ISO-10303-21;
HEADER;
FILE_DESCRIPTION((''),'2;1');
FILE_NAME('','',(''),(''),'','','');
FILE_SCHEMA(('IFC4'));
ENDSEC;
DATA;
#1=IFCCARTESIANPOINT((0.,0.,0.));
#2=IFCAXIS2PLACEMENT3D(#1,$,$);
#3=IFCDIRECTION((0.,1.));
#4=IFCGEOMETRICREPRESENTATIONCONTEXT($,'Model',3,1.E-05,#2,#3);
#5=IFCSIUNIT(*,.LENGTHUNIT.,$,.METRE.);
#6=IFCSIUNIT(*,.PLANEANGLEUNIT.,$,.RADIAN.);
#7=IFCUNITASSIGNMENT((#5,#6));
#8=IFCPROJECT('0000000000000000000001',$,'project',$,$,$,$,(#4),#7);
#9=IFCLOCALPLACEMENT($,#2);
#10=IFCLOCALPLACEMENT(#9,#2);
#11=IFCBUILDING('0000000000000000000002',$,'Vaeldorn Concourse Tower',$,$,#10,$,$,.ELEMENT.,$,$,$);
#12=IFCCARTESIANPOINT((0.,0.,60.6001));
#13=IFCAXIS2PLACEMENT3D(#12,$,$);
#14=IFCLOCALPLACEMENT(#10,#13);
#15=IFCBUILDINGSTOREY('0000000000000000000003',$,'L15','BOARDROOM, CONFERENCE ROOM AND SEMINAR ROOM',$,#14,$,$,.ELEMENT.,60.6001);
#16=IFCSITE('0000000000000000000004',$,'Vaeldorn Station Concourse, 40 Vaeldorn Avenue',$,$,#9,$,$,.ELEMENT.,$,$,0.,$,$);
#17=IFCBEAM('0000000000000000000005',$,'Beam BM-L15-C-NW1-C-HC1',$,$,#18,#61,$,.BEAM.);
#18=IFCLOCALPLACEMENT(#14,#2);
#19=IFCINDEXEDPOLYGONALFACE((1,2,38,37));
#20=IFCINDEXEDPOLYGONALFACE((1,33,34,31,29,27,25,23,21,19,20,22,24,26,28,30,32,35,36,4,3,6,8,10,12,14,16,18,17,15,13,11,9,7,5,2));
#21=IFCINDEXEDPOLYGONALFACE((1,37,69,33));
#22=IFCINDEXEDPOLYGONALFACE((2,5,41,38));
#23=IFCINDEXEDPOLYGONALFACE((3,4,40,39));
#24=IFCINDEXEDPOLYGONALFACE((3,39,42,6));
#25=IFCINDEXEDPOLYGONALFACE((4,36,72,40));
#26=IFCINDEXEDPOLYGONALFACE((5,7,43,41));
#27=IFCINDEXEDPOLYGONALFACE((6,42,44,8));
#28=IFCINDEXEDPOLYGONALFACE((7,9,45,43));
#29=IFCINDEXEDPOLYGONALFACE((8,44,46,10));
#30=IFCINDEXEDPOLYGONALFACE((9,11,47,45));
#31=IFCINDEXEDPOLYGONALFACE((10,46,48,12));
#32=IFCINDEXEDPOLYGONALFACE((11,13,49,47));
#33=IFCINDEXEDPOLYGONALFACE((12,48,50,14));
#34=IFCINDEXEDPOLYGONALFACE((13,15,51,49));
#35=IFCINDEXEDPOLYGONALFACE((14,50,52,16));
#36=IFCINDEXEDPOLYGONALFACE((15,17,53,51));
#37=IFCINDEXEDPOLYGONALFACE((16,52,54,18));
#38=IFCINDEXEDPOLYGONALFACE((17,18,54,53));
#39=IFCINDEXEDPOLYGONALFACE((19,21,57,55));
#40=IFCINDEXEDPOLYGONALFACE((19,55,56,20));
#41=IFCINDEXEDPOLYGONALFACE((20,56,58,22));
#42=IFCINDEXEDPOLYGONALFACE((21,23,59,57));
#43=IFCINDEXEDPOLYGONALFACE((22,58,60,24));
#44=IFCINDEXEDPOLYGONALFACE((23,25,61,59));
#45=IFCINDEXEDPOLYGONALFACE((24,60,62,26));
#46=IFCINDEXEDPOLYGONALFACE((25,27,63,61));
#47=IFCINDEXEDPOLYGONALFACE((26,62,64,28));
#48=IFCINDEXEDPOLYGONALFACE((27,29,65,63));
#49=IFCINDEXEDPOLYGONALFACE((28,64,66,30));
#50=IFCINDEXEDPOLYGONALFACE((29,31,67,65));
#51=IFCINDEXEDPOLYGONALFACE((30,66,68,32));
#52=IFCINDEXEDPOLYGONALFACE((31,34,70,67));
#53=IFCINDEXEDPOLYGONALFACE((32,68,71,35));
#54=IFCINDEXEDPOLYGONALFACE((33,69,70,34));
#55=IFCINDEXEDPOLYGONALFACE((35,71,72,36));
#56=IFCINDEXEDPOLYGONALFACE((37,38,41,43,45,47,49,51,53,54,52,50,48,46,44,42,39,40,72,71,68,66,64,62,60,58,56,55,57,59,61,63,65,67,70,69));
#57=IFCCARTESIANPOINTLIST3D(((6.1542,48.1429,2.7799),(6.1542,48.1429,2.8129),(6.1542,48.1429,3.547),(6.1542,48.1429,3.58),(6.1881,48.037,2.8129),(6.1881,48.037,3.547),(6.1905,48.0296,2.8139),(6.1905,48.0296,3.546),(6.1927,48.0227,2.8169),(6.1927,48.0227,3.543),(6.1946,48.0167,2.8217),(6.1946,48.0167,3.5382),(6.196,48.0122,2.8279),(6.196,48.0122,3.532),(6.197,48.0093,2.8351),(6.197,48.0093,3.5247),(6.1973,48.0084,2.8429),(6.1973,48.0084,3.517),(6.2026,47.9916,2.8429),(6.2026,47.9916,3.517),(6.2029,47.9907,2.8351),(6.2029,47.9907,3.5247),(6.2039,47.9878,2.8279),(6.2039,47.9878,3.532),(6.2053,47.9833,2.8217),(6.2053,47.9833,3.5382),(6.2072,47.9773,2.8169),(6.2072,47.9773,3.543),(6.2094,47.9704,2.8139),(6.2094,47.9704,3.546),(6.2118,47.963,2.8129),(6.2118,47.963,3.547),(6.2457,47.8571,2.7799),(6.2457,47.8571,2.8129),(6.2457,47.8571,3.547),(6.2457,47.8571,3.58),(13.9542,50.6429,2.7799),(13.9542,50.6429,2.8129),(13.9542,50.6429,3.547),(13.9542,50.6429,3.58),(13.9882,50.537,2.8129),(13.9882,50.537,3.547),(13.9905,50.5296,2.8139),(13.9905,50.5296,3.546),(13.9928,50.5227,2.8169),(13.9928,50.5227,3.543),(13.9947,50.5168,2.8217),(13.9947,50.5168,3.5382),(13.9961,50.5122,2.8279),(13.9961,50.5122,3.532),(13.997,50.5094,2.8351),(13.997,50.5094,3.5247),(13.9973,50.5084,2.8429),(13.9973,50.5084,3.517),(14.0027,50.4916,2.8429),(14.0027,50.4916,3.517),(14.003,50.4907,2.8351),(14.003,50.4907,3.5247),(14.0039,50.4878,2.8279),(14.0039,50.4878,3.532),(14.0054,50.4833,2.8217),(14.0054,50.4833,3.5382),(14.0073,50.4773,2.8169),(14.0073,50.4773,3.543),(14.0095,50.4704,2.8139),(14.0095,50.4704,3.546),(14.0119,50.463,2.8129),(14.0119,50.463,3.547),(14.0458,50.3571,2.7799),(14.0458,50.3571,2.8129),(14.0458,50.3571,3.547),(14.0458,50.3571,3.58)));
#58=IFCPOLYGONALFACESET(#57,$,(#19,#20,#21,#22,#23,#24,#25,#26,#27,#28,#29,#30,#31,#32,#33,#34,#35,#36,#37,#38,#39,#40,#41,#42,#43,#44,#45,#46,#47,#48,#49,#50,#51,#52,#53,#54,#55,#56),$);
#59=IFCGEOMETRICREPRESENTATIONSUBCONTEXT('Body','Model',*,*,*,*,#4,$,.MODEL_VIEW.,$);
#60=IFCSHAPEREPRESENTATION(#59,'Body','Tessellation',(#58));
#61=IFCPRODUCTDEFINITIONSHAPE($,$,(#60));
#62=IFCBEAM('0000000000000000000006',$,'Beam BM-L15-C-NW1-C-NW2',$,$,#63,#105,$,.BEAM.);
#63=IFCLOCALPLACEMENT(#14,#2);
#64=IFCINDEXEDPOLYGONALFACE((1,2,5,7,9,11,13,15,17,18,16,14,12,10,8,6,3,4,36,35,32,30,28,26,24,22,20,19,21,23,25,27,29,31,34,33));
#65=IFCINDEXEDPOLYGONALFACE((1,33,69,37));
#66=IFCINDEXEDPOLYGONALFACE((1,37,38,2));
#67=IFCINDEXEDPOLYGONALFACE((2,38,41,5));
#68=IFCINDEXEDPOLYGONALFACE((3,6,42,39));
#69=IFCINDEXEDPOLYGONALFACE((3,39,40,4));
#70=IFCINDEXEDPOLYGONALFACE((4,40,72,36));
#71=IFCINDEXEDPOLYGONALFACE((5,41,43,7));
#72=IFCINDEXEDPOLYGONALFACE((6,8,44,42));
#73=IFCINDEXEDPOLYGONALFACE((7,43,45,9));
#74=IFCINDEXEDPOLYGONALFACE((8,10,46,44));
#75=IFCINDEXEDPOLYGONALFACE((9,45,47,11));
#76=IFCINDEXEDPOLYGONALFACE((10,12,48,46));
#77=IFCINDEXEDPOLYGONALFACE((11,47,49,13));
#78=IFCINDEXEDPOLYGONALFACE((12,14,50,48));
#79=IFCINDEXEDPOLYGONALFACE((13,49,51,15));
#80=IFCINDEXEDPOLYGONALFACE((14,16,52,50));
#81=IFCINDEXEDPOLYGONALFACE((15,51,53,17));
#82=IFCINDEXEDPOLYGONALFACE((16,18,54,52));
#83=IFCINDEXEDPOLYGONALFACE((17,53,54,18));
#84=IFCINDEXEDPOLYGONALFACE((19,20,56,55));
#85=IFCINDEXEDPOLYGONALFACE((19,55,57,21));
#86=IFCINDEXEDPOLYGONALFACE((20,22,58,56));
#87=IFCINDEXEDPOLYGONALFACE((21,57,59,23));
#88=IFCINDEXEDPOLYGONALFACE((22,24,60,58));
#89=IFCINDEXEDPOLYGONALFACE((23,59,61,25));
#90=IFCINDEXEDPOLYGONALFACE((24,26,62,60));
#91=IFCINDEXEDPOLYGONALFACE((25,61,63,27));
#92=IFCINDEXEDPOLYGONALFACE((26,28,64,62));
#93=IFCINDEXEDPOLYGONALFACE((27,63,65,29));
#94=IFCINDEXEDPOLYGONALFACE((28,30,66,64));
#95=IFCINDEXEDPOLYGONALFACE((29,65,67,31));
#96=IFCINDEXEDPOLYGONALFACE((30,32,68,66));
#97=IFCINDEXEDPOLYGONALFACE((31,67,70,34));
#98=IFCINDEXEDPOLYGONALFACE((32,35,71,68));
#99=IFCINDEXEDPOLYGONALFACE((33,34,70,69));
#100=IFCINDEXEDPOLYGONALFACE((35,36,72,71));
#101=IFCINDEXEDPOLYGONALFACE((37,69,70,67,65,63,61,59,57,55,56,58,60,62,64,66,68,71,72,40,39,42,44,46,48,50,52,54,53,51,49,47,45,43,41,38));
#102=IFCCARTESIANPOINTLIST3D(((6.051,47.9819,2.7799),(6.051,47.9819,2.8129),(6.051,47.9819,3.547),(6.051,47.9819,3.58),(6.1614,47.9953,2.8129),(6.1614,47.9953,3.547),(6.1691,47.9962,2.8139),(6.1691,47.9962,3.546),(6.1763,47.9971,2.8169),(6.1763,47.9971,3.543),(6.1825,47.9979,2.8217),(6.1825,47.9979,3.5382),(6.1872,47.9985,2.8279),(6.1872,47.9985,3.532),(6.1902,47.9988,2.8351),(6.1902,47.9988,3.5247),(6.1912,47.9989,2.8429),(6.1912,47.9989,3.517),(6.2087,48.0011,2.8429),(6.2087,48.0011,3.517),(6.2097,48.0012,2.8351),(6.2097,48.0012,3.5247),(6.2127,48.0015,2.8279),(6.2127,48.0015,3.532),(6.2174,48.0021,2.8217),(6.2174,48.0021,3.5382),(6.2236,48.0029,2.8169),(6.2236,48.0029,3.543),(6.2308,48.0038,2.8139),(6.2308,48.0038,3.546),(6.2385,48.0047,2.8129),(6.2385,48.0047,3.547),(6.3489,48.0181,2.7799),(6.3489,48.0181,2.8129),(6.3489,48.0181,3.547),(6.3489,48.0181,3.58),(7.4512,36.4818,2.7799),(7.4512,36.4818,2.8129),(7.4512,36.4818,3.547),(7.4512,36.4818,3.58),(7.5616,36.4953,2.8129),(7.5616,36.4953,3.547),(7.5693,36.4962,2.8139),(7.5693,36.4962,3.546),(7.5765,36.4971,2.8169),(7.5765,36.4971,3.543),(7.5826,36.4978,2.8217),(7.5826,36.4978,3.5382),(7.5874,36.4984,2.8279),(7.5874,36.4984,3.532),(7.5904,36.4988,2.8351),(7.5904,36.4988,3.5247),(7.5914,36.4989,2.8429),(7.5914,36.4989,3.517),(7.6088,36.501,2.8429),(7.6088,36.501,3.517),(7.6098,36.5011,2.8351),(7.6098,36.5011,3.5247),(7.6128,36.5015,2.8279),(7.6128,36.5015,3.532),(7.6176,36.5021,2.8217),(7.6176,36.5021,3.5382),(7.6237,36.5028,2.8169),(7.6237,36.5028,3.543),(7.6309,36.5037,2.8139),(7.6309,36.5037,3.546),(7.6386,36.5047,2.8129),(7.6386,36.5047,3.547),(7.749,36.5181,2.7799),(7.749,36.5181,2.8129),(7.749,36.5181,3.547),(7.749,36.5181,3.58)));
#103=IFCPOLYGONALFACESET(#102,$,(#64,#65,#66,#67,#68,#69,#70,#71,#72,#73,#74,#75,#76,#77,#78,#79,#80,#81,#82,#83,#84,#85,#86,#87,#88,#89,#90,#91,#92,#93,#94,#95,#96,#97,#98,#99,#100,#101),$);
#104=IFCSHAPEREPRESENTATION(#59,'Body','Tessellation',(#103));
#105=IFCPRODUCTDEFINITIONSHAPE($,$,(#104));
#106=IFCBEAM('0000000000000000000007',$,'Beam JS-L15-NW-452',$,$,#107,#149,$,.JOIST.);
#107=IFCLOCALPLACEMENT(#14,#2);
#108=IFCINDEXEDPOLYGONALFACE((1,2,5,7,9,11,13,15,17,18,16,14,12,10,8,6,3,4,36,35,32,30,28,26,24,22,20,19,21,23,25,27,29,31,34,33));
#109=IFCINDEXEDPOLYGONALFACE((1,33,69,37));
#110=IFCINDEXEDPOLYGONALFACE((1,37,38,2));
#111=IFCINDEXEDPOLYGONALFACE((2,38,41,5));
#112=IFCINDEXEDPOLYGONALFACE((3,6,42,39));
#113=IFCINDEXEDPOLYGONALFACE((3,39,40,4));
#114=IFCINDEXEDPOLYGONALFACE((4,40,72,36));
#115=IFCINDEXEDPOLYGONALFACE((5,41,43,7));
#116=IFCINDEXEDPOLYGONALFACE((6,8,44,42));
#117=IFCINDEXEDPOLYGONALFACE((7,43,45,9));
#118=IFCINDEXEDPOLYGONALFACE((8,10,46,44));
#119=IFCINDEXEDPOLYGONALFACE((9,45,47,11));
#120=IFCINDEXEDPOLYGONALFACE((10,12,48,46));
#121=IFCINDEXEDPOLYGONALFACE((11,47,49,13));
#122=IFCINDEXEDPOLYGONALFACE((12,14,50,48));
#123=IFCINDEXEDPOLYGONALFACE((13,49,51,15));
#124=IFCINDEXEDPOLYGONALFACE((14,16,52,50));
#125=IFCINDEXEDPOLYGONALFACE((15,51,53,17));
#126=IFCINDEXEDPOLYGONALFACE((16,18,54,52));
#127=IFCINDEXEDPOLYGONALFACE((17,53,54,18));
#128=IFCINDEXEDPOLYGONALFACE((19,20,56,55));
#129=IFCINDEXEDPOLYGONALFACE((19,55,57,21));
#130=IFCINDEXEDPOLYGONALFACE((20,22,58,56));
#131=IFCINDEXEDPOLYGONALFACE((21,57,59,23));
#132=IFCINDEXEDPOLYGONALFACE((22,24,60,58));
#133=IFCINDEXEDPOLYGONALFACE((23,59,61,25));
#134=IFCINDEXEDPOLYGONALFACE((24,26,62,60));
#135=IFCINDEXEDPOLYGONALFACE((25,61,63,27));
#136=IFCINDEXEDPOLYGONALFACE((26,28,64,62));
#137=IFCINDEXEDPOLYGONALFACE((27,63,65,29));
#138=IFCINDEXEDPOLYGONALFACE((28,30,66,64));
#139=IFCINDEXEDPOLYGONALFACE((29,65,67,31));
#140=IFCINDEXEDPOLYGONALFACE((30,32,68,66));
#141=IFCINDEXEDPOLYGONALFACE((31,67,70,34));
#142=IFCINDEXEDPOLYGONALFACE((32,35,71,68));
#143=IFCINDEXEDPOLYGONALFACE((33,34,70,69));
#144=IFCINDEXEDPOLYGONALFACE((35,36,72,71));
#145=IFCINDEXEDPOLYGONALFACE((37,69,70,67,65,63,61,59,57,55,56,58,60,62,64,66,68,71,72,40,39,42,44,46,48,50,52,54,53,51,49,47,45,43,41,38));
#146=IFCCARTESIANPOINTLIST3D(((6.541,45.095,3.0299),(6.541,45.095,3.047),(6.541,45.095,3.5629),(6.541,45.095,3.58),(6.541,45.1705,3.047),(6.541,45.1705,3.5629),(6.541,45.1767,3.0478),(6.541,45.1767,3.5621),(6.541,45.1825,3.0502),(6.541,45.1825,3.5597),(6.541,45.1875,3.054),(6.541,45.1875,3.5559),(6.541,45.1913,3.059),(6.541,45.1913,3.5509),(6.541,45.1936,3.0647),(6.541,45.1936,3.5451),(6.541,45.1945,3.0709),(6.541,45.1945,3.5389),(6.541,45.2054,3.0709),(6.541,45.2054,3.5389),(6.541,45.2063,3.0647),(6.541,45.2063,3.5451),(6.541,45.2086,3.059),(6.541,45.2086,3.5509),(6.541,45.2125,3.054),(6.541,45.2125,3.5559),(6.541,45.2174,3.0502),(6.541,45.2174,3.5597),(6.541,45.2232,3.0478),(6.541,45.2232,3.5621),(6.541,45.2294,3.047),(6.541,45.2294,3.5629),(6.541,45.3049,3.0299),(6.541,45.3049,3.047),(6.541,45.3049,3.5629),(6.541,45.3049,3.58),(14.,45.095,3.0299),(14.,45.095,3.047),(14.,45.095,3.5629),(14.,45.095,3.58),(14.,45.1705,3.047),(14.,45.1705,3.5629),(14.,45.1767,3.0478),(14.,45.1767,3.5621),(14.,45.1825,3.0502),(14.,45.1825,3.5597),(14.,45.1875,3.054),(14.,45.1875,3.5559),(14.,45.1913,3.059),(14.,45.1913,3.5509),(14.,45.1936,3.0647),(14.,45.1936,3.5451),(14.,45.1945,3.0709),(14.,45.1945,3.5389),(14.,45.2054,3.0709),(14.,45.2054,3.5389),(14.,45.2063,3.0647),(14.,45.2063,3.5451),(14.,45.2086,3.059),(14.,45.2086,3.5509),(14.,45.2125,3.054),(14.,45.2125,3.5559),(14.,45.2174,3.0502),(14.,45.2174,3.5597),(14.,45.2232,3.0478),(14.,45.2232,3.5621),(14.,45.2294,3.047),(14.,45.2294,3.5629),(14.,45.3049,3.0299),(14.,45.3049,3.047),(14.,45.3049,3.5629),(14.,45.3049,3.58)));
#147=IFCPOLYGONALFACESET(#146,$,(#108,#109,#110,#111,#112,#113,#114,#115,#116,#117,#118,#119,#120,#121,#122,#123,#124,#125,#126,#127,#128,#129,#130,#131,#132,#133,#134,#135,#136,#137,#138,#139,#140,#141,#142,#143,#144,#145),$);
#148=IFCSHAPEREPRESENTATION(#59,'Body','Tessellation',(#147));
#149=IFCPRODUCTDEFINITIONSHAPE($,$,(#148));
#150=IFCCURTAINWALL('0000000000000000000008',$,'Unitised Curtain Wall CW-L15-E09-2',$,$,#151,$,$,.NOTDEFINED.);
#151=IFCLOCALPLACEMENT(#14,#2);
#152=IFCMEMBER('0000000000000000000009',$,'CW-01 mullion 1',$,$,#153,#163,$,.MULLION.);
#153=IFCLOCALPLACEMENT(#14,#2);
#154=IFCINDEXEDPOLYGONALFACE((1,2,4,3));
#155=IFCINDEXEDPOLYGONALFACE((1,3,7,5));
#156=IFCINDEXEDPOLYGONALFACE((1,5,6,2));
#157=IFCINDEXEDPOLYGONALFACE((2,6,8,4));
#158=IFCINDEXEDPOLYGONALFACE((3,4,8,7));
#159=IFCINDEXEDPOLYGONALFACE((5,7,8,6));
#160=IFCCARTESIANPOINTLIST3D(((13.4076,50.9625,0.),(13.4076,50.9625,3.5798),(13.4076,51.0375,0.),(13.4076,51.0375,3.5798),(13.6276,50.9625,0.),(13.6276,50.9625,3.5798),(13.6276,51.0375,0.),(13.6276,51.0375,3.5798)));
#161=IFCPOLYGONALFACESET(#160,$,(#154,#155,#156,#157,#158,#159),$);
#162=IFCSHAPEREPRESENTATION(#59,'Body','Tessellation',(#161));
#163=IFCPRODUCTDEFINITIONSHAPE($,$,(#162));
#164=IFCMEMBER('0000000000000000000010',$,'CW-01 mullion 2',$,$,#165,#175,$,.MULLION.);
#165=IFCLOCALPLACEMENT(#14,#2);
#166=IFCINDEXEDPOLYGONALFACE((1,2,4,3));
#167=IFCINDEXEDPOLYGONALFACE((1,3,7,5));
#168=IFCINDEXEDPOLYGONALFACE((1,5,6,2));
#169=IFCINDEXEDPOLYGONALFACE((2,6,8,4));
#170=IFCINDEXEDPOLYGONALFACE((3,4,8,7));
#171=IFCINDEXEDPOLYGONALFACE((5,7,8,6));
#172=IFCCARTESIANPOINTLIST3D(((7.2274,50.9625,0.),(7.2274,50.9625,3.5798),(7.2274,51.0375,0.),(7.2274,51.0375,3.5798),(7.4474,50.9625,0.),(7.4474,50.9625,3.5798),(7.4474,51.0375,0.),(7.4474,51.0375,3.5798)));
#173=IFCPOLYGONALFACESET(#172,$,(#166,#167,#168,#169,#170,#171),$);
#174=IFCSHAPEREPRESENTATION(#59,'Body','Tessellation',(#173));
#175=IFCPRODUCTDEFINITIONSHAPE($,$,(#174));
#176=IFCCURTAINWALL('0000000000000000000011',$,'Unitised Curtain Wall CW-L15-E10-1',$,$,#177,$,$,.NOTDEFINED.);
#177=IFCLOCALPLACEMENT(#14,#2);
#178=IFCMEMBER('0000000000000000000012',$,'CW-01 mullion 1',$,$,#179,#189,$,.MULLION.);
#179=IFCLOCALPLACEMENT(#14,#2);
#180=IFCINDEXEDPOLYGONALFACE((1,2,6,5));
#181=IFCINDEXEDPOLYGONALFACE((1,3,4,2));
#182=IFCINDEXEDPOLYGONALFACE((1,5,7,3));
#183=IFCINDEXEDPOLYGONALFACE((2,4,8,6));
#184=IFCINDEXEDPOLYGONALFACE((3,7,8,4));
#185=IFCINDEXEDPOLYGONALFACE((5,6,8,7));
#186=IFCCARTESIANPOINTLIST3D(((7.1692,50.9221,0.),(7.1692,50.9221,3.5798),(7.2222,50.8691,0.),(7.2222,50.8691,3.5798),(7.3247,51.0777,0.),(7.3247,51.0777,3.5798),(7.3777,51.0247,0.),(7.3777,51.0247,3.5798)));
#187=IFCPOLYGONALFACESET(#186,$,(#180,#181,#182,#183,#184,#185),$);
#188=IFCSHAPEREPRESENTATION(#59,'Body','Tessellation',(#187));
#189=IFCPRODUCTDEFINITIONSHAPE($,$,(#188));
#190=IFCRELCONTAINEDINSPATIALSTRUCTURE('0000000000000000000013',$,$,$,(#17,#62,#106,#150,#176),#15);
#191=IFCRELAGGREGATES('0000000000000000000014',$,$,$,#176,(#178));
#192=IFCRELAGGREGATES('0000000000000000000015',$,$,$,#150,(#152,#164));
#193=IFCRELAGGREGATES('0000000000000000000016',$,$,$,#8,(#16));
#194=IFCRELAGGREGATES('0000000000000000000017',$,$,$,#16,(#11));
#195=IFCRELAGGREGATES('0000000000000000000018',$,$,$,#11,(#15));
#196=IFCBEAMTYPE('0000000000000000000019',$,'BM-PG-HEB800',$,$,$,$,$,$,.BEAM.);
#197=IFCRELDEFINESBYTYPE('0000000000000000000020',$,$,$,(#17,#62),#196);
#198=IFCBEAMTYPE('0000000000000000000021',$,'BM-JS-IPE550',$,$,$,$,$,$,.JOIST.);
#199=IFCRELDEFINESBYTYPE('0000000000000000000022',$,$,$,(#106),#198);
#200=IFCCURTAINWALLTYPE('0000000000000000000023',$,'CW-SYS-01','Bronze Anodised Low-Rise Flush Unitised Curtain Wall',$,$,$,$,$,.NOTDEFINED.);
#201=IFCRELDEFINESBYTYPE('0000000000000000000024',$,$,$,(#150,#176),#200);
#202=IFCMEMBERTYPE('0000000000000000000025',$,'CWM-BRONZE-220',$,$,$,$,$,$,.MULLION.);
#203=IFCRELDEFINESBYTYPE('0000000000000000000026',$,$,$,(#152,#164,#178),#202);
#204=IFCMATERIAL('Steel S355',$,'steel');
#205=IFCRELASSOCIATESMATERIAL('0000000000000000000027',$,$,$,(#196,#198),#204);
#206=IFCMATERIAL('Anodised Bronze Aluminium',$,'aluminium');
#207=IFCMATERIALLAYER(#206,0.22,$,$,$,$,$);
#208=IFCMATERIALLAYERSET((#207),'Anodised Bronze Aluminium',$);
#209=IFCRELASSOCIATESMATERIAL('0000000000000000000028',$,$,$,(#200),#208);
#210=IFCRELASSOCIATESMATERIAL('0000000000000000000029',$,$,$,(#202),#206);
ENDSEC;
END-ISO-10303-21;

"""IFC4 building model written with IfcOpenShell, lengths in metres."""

from ifc_helpers import new_model, si_unit, direction, frame, origin, origin_2d, place, context, subcontext, project, spatial, rectangle, i_section, extrude, source, transform, mapped, material, layer, layer_set, material_profile, profile_set, type_object, element, aggregate, save


model = new_model("IFC4")

# Units and contexts
model_context = context("Model", 3, precision=1e-05, world=origin(), true_north=direction((0.0, 1.0)))
body_context = subcontext(model_context, "Body", "Model", "MODEL_VIEW")
ifc_project = project(units=[si_unit("LENGTHUNIT", "METRE"), si_unit("PLANEANGLEUNIT", "RADIAN")], contexts=[model_context])

# Site, building, storey
site_placement = place(None, origin())
site = spatial("IfcSite", under=ifc_project, at=site_placement, Name="Vaeldorn Station Concourse, 40 Vaeldorn Avenue", CompositionType="ELEMENT", RefElevation=0.0)
building_placement = place(site_placement, origin())
building = spatial("IfcBuilding", under=site, at=building_placement, Name="Vaeldorn Concourse Tower", CompositionType="ELEMENT")
storey_placement = place(building_placement, frame((0.0, 0.0, 60.6001)))
storey = spatial("IfcBuildingStorey", under=building, at=storey_placement, Name="L15", Description="BOARDROOM, CONFERENCE ROOM AND SEMINAR ROOM", CompositionType="ELEMENT", Elevation=60.6001)

# Beams
ifc_material_1 = material(Name="Steel S355", Category="steel")
ifc_material_profile_1 = material_profile(ifc_material_1, i_section(OverallWidth=0.3, OverallDepth=0.8, WebThickness=0.0176, FlangeThickness=0.033, FilletRadius=0.03, at=origin_2d()), Name="HEB 800")
ifc_profile_set_1 = profile_set([ifc_material_profile_1], Name="Steel S355")
beam_type_1 = type_object("IfcBeamType", Name="BM-PG-HEB800", PredefinedType="BEAM", material=ifc_profile_set_1)
shared_shape_1 = source(origin(), body_context, "Body", "SweptSolid", [
    extrude(i_section(OverallWidth=0.3, OverallDepth=0.8, WebThickness=0.0176, FlangeThickness=0.033, FilletRadius=0.03, at=origin_2d()), origin(), (0.0, 0.0, 1.0), 8.1909),
])
beam_1_placement = place(storey_placement, frame((6.2, 48.0, 3.1799), z_axis=(0.952283, 0.305217, 0.0), x_axis=(-0.305217, 0.952283, 0.0)))
element("IfcBeam", 1, at=beam_1_placement, inside=storey, type_object=beam_type_1, Name="Beam BM-L15-C-NW1-C-HC1", PredefinedType="BEAM", context=body_context, shape_type="MappedRepresentation", body=[
    mapped(shared_shape_1, transform((0.0, 0.0, 0.0), scale=1.0)),
])
shared_shape_2 = source(origin(), body_context, "Body", "SweptSolid", [
    extrude(i_section(OverallWidth=0.3, OverallDepth=0.8, WebThickness=0.0176, FlangeThickness=0.033, FilletRadius=0.03, at=origin_2d()), origin(), (0.0, 0.0, 1.0), 11.585),
])
beam_2_placement = place(storey_placement, frame((6.2, 48.0, 3.1799), z_axis=(0.120859, -0.99267, 0.0), x_axis=(0.99267, 0.120859, 0.0)))
element("IfcBeam", 2, at=beam_2_placement, inside=storey, type_object=beam_type_1, Name="Beam BM-L15-C-NW1-C-NW2", PredefinedType="BEAM", context=body_context, shape_type="MappedRepresentation", body=[
    mapped(shared_shape_2, transform((0.0, 0.0, 0.0), scale=1.0)),
])
ifc_material_profile_2 = material_profile(ifc_material_1, i_section(OverallWidth=0.21, OverallDepth=0.55, WebThickness=0.011, FlangeThickness=0.0171, FilletRadius=0.0239, at=origin_2d()), Name="IPE 550")
ifc_profile_set_2 = profile_set([ifc_material_profile_2], Name="Steel S355")
beam_type_2 = type_object("IfcBeamType", Name="BM-JS-IPE550", PredefinedType="JOIST", material=ifc_profile_set_2)
shared_shape_3 = source(origin(), body_context, "Body", "SweptSolid", [
    extrude(i_section(OverallWidth=0.21, OverallDepth=0.55, WebThickness=0.011, FlangeThickness=0.0171, FilletRadius=0.0239, at=origin_2d()), origin(), (0.0, 0.0, 1.0), 7.459),
])
beam_3_placement = place(storey_placement, frame((6.541, 45.2, 3.3049), z_axis=(1.0, 0.0, 0.0), x_axis=(0.0, 1.0, 0.0)))
element("IfcBeam", 3, at=beam_3_placement, inside=storey, type_object=beam_type_2, Name="Beam JS-L15-NW-452", PredefinedType="JOIST", context=body_context, shape_type="MappedRepresentation", body=[
    mapped(shared_shape_3, transform((0.0, 0.0, 0.0), scale=1.0)),
])

# Curtain walls, members
ifc_material_2 = material(Name="Anodised Bronze Aluminium", Category="aluminium")
ifc_layer_1 = layer(ifc_material_2, 0.22)
ifc_layer_set_1 = layer_set([ifc_layer_1], Name="Anodised Bronze Aluminium")
curtain_wall_type = type_object("IfcCurtainWallType", Name="CW-SYS-01", Description="Bronze Anodised Low-Rise Flush Unitised Curtain Wall", PredefinedType="NOTDEFINED", material=ifc_layer_set_1)
curtain_wall_1_placement = place(storey_placement, origin())
curtain_wall_1 = element("IfcCurtainWall", 4, at=curtain_wall_1_placement, inside=storey, type_object=curtain_wall_type, Name="Unitised Curtain Wall CW-L15-E09-2", PredefinedType="NOTDEFINED")
ifc_material_profile_3 = material_profile(ifc_material_2, rectangle(XDim=0.075, YDim=0.22, at=origin_2d()), Name="CWM 75x220")
ifc_profile_set_3 = profile_set([ifc_material_profile_3], Name="Anodised Bronze Aluminium")
member_type_1 = type_object("IfcMemberType", Name="CWM-BRONZE-220", PredefinedType="MULLION", material=ifc_profile_set_3)
shared_shape_4 = source(origin(), body_context, "Body", "SweptSolid", [
    extrude(rectangle(XDim=0.075, YDim=0.22, at=origin_2d()), origin(), (0.0, 0.0, 1.0), 3.5798),
])
member_1_placement = place(storey_placement, frame((13.5176, 51.0, 0.0), z_axis=(0.0, 0.0, 1.0), x_axis=(0.0, -1.0, 0.0)))
member_1 = element("IfcMember", 5, at=member_1_placement, type_object=member_type_1, Name="CW-01 mullion 1", PredefinedType="MULLION", context=body_context, shape_type="MappedRepresentation", body=[
    mapped(shared_shape_4, transform((0.0, 0.0, 0.0), scale=1.0)),
])
member_2_placement = place(storey_placement, frame((7.3374, 51.0, 0.0), z_axis=(0.0, 0.0, 1.0), x_axis=(0.0, -1.0, 0.0)))
member_2 = element("IfcMember", 6, at=member_2_placement, type_object=member_type_1, Name="CW-01 mullion 2", PredefinedType="MULLION", context=body_context, shape_type="MappedRepresentation", body=[
    mapped(shared_shape_4, transform((0.0, 0.0, 0.0), scale=1.0)),
])
curtain_wall_2_placement = place(storey_placement, origin())
curtain_wall_2 = element("IfcCurtainWall", 7, at=curtain_wall_2_placement, inside=storey, type_object=curtain_wall_type, Name="Unitised Curtain Wall CW-L15-E10-1", PredefinedType="NOTDEFINED")
member_3_placement = place(storey_placement, frame((7.2734, 50.9734, 0.0), z_axis=(0.0, 0.0, 1.0), x_axis=(0.707107, -0.707107, 0.0)))
member_3 = element("IfcMember", 8, at=member_3_placement, type_object=member_type_1, Name="CW-01 mullion 1", PredefinedType="MULLION", context=body_context, shape_type="MappedRepresentation", body=[
    mapped(shared_shape_4, transform((0.0, 0.0, 0.0), scale=1.0)),
])

aggregate(curtain_wall_2, [member_3])
aggregate(curtain_wall_1, [member_1, member_2])

save(model, "model.ifc")
